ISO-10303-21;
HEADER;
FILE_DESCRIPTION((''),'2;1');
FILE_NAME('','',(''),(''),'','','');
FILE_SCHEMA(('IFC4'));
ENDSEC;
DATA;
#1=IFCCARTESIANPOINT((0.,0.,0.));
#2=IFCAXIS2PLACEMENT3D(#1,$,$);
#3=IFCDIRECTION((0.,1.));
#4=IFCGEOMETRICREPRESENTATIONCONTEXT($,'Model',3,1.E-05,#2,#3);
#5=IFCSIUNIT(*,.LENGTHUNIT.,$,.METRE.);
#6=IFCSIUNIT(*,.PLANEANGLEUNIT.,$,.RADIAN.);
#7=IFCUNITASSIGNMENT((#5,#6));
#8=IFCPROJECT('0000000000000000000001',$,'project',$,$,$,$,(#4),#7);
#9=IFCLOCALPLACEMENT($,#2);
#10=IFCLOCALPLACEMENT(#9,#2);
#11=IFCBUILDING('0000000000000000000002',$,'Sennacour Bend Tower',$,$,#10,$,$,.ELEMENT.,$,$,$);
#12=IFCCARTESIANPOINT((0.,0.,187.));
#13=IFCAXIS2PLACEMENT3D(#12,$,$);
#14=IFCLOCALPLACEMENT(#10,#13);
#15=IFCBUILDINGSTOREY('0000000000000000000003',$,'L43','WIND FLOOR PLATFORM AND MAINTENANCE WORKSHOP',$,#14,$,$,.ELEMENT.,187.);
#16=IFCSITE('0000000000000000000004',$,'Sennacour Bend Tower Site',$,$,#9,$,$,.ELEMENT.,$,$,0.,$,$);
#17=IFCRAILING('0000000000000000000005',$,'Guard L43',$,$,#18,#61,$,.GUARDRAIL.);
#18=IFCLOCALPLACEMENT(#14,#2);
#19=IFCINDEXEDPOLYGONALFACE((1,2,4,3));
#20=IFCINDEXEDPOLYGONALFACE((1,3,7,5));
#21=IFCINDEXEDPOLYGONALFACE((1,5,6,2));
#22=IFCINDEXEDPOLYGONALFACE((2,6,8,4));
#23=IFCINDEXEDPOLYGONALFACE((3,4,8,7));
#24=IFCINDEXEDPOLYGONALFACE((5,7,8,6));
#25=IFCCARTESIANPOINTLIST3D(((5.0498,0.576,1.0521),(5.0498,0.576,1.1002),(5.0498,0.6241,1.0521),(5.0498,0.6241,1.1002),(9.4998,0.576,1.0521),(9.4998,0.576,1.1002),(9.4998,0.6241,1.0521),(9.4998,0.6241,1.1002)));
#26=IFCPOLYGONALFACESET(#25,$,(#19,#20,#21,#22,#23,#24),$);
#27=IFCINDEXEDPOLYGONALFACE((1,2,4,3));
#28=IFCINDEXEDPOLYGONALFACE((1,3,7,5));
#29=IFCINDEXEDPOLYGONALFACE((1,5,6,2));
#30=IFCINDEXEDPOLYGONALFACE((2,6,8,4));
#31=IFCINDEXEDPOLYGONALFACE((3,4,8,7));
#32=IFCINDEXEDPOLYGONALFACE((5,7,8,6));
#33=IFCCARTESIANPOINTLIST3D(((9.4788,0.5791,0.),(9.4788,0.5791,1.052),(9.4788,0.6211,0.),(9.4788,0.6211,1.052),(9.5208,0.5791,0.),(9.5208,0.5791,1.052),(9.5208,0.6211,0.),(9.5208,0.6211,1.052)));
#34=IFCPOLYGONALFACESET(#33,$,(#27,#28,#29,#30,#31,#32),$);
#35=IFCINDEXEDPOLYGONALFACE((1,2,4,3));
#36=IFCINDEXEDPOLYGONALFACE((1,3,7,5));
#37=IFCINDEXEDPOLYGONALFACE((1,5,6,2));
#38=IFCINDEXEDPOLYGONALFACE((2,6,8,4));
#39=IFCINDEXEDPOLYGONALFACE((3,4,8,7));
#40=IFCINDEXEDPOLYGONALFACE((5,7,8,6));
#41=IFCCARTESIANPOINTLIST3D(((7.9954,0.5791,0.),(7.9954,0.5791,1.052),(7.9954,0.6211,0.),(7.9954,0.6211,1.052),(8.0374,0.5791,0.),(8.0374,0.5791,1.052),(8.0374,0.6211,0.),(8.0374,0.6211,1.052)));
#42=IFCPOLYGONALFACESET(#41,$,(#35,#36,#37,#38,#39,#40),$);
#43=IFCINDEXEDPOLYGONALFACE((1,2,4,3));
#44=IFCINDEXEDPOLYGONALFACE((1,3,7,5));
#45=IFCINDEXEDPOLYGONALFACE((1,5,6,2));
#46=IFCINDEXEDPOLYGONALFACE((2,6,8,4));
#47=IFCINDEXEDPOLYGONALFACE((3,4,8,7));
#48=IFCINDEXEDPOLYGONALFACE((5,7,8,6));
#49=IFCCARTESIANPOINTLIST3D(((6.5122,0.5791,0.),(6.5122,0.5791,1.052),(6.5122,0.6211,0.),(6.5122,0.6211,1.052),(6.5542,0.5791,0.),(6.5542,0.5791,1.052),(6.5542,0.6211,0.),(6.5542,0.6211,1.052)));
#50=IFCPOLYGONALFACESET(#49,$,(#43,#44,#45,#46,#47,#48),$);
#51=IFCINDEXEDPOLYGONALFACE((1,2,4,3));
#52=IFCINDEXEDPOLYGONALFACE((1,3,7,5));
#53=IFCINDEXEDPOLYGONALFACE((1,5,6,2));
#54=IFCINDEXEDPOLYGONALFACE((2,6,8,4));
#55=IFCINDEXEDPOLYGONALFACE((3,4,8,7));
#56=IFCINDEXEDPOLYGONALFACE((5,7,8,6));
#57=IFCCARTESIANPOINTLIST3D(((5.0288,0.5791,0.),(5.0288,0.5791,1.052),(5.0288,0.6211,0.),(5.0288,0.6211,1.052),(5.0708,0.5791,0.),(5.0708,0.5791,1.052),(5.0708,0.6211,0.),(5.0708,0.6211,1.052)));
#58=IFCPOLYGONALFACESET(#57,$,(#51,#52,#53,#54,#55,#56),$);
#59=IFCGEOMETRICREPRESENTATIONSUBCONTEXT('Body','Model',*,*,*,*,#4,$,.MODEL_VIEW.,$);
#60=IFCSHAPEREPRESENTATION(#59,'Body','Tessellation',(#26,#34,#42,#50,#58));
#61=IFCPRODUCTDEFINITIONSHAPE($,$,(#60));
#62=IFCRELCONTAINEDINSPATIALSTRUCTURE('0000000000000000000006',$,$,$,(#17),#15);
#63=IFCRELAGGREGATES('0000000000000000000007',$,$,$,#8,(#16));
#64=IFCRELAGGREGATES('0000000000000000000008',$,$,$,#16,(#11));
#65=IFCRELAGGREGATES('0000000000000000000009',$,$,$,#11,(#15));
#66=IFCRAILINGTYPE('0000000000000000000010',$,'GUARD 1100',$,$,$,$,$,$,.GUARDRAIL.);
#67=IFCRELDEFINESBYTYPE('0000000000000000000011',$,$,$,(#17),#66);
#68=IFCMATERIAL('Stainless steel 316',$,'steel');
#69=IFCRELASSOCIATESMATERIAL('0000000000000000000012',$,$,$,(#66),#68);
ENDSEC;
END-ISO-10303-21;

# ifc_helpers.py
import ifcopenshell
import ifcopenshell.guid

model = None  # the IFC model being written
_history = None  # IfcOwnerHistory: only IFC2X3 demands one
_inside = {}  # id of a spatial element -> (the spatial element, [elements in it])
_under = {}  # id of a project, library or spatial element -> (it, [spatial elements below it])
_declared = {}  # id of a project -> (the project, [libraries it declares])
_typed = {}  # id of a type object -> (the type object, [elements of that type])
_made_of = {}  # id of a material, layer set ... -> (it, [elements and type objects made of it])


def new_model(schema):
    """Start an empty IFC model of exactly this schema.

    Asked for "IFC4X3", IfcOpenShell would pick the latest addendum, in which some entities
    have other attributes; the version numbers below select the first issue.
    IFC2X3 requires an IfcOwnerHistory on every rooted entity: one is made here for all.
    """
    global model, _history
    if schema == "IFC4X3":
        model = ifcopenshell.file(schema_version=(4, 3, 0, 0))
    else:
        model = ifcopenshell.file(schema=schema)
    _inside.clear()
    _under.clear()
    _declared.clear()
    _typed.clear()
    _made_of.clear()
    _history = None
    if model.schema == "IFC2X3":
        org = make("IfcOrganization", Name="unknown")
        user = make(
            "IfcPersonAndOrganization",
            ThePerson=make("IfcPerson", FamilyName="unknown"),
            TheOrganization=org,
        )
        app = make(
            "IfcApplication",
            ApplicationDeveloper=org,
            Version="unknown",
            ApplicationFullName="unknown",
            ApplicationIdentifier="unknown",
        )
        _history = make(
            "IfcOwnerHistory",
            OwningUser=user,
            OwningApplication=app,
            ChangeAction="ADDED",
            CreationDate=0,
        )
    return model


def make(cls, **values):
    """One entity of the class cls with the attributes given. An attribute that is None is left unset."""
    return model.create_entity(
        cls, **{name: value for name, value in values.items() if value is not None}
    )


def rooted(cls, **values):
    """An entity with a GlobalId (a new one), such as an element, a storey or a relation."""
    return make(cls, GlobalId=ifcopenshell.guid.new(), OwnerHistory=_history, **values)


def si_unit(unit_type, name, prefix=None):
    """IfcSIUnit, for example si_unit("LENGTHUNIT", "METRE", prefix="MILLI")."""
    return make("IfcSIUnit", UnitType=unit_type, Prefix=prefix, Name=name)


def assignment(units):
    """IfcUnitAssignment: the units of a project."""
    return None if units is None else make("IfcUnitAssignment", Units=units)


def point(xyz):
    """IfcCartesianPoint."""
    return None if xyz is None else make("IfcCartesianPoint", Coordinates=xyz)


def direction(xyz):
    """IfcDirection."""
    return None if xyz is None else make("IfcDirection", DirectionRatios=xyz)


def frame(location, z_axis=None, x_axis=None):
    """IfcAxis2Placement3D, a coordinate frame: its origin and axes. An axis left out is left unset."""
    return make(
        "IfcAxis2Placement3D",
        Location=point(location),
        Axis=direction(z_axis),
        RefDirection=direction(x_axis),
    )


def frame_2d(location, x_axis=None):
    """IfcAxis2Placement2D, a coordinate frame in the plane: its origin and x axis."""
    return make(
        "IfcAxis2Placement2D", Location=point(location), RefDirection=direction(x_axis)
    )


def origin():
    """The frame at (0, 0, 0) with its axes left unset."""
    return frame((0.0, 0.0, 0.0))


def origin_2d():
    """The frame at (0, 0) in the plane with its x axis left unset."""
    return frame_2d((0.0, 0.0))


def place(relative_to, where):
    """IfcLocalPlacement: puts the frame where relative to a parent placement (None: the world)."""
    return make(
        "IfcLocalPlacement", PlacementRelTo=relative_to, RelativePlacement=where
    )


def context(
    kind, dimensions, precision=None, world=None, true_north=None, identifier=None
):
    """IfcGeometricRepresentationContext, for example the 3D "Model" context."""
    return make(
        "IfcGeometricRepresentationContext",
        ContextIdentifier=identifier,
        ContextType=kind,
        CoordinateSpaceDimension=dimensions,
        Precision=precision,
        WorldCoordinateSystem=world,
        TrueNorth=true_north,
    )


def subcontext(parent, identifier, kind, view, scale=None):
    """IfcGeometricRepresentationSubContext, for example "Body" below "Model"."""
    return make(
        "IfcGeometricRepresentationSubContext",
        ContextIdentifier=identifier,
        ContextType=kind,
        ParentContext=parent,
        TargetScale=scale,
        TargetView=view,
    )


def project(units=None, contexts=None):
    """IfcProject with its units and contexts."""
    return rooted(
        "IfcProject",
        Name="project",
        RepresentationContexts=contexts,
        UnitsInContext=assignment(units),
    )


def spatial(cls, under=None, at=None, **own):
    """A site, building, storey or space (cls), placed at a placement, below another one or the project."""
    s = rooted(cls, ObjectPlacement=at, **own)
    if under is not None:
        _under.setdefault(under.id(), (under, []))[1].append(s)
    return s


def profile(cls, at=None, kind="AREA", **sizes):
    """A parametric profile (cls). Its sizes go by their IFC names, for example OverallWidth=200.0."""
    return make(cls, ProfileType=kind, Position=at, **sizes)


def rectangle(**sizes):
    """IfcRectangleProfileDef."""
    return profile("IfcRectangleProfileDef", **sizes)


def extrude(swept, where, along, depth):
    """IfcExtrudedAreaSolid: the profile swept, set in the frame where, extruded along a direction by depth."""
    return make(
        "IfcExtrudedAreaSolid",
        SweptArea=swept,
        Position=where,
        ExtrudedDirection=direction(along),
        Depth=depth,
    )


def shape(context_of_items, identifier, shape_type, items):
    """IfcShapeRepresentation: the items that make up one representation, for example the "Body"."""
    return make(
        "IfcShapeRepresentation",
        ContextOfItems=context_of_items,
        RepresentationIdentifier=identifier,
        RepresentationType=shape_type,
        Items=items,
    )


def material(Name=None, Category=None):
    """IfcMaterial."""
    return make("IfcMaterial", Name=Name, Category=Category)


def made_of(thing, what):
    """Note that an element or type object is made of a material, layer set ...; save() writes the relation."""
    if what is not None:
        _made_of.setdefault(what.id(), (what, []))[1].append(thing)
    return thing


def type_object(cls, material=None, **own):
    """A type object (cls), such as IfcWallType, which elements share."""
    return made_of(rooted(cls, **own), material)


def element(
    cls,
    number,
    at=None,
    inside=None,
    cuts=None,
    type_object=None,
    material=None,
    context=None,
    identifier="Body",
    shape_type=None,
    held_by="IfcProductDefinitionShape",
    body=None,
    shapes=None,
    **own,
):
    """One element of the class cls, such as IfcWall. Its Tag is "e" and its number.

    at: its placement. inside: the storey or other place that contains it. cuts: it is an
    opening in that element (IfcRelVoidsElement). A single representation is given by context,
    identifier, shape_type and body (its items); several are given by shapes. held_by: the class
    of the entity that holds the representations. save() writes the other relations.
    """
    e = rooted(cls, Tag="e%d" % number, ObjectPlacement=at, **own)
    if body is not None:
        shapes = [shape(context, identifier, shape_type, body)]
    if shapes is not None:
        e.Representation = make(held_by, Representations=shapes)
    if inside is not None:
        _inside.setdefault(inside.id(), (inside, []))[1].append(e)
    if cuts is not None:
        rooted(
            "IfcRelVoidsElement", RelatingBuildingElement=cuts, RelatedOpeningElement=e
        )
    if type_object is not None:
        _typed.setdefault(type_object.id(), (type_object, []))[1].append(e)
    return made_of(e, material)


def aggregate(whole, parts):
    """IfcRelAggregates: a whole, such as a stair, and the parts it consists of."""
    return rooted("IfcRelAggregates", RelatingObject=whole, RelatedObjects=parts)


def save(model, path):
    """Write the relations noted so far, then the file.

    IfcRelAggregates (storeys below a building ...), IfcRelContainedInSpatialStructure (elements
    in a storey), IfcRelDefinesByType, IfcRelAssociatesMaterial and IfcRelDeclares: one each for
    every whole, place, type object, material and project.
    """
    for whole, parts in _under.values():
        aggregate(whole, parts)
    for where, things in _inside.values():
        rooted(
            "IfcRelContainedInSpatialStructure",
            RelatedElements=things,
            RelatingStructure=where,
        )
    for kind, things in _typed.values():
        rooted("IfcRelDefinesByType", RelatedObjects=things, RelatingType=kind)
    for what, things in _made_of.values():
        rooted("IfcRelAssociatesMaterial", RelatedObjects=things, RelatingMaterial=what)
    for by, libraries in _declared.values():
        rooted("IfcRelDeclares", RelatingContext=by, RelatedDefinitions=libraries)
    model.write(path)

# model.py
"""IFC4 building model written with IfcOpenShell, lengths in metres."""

from ifc_helpers import new_model, si_unit, direction, frame, origin, origin_2d, place, context, subcontext, project, spatial, rectangle, extrude, material, type_object, element, save


model = new_model("IFC4")

# Units and contexts
model_context = context("Model", 3, precision=1e-05, world=origin(), true_north=direction((0.0, 1.0)))
body_context = subcontext(model_context, "Body", "Model", "MODEL_VIEW")
ifc_project = project(units=[si_unit("LENGTHUNIT", "METRE"), si_unit("PLANEANGLEUNIT", "RADIAN")], contexts=[model_context])

# Site, building, storey
site_placement = place(None, origin())
site = spatial("IfcSite", under=ifc_project, at=site_placement, Name="Sennacour Bend Tower Site", CompositionType="ELEMENT", RefElevation=0.0)
building_placement = place(site_placement, origin())
building = spatial("IfcBuilding", under=site, at=building_placement, Name="Sennacour Bend Tower", CompositionType="ELEMENT")
storey_placement = place(building_placement, frame((0.0, 0.0, 187.0)))
storey = spatial("IfcBuildingStorey", under=building, at=storey_placement, Name="L43", Description="WIND FLOOR PLATFORM AND MAINTENANCE WORKSHOP", CompositionType="ELEMENT", Elevation=187.0)

# Railing
ifc_material_1 = material(Name="Stainless steel 316", Category="steel")
railing_type = type_object("IfcRailingType", Name="GUARD 1100", PredefinedType="GUARDRAIL", material=ifc_material_1)
for number, where, name in (
    (1, (9.4998, 0.6001, 0.0), "Guard L43"),
):
    element("IfcRailing", number, at=place(storey_placement, frame(where)), inside=storey, type_object=railing_type, Name=name, PredefinedType="GUARDRAIL", context=body_context, shape_type="SweptSolid", body=[
        extrude(rectangle(XDim=0.0481, YDim=0.0481, at=origin_2d()), frame((0.0, 0.0, 1.0762), z_axis=(-1.0, 0.0, 0.0), x_axis=(0.0, -1.0, 0.0)), (0.0, 0.0, 1.0), 4.45),
        extrude(rectangle(XDim=0.042, YDim=0.042, at=origin_2d()), origin(), (0.0, 0.0, 1.0), 1.052),
        extrude(rectangle(XDim=0.042, YDim=0.042, at=origin_2d()), frame((-1.4834, 0.0, 0.0)), (0.0, 0.0, 1.0), 1.052),
        extrude(rectangle(XDim=0.042, YDim=0.042, at=origin_2d()), frame((-2.9666, 0.0, 0.0)), (0.0, 0.0, 1.0), 1.052),
        extrude(rectangle(XDim=0.042, YDim=0.042, at=origin_2d()), frame((-4.45, 0.0, 0.0)), (0.0, 0.0, 1.0), 1.052),
    ])

save(model, "model.ifc")
